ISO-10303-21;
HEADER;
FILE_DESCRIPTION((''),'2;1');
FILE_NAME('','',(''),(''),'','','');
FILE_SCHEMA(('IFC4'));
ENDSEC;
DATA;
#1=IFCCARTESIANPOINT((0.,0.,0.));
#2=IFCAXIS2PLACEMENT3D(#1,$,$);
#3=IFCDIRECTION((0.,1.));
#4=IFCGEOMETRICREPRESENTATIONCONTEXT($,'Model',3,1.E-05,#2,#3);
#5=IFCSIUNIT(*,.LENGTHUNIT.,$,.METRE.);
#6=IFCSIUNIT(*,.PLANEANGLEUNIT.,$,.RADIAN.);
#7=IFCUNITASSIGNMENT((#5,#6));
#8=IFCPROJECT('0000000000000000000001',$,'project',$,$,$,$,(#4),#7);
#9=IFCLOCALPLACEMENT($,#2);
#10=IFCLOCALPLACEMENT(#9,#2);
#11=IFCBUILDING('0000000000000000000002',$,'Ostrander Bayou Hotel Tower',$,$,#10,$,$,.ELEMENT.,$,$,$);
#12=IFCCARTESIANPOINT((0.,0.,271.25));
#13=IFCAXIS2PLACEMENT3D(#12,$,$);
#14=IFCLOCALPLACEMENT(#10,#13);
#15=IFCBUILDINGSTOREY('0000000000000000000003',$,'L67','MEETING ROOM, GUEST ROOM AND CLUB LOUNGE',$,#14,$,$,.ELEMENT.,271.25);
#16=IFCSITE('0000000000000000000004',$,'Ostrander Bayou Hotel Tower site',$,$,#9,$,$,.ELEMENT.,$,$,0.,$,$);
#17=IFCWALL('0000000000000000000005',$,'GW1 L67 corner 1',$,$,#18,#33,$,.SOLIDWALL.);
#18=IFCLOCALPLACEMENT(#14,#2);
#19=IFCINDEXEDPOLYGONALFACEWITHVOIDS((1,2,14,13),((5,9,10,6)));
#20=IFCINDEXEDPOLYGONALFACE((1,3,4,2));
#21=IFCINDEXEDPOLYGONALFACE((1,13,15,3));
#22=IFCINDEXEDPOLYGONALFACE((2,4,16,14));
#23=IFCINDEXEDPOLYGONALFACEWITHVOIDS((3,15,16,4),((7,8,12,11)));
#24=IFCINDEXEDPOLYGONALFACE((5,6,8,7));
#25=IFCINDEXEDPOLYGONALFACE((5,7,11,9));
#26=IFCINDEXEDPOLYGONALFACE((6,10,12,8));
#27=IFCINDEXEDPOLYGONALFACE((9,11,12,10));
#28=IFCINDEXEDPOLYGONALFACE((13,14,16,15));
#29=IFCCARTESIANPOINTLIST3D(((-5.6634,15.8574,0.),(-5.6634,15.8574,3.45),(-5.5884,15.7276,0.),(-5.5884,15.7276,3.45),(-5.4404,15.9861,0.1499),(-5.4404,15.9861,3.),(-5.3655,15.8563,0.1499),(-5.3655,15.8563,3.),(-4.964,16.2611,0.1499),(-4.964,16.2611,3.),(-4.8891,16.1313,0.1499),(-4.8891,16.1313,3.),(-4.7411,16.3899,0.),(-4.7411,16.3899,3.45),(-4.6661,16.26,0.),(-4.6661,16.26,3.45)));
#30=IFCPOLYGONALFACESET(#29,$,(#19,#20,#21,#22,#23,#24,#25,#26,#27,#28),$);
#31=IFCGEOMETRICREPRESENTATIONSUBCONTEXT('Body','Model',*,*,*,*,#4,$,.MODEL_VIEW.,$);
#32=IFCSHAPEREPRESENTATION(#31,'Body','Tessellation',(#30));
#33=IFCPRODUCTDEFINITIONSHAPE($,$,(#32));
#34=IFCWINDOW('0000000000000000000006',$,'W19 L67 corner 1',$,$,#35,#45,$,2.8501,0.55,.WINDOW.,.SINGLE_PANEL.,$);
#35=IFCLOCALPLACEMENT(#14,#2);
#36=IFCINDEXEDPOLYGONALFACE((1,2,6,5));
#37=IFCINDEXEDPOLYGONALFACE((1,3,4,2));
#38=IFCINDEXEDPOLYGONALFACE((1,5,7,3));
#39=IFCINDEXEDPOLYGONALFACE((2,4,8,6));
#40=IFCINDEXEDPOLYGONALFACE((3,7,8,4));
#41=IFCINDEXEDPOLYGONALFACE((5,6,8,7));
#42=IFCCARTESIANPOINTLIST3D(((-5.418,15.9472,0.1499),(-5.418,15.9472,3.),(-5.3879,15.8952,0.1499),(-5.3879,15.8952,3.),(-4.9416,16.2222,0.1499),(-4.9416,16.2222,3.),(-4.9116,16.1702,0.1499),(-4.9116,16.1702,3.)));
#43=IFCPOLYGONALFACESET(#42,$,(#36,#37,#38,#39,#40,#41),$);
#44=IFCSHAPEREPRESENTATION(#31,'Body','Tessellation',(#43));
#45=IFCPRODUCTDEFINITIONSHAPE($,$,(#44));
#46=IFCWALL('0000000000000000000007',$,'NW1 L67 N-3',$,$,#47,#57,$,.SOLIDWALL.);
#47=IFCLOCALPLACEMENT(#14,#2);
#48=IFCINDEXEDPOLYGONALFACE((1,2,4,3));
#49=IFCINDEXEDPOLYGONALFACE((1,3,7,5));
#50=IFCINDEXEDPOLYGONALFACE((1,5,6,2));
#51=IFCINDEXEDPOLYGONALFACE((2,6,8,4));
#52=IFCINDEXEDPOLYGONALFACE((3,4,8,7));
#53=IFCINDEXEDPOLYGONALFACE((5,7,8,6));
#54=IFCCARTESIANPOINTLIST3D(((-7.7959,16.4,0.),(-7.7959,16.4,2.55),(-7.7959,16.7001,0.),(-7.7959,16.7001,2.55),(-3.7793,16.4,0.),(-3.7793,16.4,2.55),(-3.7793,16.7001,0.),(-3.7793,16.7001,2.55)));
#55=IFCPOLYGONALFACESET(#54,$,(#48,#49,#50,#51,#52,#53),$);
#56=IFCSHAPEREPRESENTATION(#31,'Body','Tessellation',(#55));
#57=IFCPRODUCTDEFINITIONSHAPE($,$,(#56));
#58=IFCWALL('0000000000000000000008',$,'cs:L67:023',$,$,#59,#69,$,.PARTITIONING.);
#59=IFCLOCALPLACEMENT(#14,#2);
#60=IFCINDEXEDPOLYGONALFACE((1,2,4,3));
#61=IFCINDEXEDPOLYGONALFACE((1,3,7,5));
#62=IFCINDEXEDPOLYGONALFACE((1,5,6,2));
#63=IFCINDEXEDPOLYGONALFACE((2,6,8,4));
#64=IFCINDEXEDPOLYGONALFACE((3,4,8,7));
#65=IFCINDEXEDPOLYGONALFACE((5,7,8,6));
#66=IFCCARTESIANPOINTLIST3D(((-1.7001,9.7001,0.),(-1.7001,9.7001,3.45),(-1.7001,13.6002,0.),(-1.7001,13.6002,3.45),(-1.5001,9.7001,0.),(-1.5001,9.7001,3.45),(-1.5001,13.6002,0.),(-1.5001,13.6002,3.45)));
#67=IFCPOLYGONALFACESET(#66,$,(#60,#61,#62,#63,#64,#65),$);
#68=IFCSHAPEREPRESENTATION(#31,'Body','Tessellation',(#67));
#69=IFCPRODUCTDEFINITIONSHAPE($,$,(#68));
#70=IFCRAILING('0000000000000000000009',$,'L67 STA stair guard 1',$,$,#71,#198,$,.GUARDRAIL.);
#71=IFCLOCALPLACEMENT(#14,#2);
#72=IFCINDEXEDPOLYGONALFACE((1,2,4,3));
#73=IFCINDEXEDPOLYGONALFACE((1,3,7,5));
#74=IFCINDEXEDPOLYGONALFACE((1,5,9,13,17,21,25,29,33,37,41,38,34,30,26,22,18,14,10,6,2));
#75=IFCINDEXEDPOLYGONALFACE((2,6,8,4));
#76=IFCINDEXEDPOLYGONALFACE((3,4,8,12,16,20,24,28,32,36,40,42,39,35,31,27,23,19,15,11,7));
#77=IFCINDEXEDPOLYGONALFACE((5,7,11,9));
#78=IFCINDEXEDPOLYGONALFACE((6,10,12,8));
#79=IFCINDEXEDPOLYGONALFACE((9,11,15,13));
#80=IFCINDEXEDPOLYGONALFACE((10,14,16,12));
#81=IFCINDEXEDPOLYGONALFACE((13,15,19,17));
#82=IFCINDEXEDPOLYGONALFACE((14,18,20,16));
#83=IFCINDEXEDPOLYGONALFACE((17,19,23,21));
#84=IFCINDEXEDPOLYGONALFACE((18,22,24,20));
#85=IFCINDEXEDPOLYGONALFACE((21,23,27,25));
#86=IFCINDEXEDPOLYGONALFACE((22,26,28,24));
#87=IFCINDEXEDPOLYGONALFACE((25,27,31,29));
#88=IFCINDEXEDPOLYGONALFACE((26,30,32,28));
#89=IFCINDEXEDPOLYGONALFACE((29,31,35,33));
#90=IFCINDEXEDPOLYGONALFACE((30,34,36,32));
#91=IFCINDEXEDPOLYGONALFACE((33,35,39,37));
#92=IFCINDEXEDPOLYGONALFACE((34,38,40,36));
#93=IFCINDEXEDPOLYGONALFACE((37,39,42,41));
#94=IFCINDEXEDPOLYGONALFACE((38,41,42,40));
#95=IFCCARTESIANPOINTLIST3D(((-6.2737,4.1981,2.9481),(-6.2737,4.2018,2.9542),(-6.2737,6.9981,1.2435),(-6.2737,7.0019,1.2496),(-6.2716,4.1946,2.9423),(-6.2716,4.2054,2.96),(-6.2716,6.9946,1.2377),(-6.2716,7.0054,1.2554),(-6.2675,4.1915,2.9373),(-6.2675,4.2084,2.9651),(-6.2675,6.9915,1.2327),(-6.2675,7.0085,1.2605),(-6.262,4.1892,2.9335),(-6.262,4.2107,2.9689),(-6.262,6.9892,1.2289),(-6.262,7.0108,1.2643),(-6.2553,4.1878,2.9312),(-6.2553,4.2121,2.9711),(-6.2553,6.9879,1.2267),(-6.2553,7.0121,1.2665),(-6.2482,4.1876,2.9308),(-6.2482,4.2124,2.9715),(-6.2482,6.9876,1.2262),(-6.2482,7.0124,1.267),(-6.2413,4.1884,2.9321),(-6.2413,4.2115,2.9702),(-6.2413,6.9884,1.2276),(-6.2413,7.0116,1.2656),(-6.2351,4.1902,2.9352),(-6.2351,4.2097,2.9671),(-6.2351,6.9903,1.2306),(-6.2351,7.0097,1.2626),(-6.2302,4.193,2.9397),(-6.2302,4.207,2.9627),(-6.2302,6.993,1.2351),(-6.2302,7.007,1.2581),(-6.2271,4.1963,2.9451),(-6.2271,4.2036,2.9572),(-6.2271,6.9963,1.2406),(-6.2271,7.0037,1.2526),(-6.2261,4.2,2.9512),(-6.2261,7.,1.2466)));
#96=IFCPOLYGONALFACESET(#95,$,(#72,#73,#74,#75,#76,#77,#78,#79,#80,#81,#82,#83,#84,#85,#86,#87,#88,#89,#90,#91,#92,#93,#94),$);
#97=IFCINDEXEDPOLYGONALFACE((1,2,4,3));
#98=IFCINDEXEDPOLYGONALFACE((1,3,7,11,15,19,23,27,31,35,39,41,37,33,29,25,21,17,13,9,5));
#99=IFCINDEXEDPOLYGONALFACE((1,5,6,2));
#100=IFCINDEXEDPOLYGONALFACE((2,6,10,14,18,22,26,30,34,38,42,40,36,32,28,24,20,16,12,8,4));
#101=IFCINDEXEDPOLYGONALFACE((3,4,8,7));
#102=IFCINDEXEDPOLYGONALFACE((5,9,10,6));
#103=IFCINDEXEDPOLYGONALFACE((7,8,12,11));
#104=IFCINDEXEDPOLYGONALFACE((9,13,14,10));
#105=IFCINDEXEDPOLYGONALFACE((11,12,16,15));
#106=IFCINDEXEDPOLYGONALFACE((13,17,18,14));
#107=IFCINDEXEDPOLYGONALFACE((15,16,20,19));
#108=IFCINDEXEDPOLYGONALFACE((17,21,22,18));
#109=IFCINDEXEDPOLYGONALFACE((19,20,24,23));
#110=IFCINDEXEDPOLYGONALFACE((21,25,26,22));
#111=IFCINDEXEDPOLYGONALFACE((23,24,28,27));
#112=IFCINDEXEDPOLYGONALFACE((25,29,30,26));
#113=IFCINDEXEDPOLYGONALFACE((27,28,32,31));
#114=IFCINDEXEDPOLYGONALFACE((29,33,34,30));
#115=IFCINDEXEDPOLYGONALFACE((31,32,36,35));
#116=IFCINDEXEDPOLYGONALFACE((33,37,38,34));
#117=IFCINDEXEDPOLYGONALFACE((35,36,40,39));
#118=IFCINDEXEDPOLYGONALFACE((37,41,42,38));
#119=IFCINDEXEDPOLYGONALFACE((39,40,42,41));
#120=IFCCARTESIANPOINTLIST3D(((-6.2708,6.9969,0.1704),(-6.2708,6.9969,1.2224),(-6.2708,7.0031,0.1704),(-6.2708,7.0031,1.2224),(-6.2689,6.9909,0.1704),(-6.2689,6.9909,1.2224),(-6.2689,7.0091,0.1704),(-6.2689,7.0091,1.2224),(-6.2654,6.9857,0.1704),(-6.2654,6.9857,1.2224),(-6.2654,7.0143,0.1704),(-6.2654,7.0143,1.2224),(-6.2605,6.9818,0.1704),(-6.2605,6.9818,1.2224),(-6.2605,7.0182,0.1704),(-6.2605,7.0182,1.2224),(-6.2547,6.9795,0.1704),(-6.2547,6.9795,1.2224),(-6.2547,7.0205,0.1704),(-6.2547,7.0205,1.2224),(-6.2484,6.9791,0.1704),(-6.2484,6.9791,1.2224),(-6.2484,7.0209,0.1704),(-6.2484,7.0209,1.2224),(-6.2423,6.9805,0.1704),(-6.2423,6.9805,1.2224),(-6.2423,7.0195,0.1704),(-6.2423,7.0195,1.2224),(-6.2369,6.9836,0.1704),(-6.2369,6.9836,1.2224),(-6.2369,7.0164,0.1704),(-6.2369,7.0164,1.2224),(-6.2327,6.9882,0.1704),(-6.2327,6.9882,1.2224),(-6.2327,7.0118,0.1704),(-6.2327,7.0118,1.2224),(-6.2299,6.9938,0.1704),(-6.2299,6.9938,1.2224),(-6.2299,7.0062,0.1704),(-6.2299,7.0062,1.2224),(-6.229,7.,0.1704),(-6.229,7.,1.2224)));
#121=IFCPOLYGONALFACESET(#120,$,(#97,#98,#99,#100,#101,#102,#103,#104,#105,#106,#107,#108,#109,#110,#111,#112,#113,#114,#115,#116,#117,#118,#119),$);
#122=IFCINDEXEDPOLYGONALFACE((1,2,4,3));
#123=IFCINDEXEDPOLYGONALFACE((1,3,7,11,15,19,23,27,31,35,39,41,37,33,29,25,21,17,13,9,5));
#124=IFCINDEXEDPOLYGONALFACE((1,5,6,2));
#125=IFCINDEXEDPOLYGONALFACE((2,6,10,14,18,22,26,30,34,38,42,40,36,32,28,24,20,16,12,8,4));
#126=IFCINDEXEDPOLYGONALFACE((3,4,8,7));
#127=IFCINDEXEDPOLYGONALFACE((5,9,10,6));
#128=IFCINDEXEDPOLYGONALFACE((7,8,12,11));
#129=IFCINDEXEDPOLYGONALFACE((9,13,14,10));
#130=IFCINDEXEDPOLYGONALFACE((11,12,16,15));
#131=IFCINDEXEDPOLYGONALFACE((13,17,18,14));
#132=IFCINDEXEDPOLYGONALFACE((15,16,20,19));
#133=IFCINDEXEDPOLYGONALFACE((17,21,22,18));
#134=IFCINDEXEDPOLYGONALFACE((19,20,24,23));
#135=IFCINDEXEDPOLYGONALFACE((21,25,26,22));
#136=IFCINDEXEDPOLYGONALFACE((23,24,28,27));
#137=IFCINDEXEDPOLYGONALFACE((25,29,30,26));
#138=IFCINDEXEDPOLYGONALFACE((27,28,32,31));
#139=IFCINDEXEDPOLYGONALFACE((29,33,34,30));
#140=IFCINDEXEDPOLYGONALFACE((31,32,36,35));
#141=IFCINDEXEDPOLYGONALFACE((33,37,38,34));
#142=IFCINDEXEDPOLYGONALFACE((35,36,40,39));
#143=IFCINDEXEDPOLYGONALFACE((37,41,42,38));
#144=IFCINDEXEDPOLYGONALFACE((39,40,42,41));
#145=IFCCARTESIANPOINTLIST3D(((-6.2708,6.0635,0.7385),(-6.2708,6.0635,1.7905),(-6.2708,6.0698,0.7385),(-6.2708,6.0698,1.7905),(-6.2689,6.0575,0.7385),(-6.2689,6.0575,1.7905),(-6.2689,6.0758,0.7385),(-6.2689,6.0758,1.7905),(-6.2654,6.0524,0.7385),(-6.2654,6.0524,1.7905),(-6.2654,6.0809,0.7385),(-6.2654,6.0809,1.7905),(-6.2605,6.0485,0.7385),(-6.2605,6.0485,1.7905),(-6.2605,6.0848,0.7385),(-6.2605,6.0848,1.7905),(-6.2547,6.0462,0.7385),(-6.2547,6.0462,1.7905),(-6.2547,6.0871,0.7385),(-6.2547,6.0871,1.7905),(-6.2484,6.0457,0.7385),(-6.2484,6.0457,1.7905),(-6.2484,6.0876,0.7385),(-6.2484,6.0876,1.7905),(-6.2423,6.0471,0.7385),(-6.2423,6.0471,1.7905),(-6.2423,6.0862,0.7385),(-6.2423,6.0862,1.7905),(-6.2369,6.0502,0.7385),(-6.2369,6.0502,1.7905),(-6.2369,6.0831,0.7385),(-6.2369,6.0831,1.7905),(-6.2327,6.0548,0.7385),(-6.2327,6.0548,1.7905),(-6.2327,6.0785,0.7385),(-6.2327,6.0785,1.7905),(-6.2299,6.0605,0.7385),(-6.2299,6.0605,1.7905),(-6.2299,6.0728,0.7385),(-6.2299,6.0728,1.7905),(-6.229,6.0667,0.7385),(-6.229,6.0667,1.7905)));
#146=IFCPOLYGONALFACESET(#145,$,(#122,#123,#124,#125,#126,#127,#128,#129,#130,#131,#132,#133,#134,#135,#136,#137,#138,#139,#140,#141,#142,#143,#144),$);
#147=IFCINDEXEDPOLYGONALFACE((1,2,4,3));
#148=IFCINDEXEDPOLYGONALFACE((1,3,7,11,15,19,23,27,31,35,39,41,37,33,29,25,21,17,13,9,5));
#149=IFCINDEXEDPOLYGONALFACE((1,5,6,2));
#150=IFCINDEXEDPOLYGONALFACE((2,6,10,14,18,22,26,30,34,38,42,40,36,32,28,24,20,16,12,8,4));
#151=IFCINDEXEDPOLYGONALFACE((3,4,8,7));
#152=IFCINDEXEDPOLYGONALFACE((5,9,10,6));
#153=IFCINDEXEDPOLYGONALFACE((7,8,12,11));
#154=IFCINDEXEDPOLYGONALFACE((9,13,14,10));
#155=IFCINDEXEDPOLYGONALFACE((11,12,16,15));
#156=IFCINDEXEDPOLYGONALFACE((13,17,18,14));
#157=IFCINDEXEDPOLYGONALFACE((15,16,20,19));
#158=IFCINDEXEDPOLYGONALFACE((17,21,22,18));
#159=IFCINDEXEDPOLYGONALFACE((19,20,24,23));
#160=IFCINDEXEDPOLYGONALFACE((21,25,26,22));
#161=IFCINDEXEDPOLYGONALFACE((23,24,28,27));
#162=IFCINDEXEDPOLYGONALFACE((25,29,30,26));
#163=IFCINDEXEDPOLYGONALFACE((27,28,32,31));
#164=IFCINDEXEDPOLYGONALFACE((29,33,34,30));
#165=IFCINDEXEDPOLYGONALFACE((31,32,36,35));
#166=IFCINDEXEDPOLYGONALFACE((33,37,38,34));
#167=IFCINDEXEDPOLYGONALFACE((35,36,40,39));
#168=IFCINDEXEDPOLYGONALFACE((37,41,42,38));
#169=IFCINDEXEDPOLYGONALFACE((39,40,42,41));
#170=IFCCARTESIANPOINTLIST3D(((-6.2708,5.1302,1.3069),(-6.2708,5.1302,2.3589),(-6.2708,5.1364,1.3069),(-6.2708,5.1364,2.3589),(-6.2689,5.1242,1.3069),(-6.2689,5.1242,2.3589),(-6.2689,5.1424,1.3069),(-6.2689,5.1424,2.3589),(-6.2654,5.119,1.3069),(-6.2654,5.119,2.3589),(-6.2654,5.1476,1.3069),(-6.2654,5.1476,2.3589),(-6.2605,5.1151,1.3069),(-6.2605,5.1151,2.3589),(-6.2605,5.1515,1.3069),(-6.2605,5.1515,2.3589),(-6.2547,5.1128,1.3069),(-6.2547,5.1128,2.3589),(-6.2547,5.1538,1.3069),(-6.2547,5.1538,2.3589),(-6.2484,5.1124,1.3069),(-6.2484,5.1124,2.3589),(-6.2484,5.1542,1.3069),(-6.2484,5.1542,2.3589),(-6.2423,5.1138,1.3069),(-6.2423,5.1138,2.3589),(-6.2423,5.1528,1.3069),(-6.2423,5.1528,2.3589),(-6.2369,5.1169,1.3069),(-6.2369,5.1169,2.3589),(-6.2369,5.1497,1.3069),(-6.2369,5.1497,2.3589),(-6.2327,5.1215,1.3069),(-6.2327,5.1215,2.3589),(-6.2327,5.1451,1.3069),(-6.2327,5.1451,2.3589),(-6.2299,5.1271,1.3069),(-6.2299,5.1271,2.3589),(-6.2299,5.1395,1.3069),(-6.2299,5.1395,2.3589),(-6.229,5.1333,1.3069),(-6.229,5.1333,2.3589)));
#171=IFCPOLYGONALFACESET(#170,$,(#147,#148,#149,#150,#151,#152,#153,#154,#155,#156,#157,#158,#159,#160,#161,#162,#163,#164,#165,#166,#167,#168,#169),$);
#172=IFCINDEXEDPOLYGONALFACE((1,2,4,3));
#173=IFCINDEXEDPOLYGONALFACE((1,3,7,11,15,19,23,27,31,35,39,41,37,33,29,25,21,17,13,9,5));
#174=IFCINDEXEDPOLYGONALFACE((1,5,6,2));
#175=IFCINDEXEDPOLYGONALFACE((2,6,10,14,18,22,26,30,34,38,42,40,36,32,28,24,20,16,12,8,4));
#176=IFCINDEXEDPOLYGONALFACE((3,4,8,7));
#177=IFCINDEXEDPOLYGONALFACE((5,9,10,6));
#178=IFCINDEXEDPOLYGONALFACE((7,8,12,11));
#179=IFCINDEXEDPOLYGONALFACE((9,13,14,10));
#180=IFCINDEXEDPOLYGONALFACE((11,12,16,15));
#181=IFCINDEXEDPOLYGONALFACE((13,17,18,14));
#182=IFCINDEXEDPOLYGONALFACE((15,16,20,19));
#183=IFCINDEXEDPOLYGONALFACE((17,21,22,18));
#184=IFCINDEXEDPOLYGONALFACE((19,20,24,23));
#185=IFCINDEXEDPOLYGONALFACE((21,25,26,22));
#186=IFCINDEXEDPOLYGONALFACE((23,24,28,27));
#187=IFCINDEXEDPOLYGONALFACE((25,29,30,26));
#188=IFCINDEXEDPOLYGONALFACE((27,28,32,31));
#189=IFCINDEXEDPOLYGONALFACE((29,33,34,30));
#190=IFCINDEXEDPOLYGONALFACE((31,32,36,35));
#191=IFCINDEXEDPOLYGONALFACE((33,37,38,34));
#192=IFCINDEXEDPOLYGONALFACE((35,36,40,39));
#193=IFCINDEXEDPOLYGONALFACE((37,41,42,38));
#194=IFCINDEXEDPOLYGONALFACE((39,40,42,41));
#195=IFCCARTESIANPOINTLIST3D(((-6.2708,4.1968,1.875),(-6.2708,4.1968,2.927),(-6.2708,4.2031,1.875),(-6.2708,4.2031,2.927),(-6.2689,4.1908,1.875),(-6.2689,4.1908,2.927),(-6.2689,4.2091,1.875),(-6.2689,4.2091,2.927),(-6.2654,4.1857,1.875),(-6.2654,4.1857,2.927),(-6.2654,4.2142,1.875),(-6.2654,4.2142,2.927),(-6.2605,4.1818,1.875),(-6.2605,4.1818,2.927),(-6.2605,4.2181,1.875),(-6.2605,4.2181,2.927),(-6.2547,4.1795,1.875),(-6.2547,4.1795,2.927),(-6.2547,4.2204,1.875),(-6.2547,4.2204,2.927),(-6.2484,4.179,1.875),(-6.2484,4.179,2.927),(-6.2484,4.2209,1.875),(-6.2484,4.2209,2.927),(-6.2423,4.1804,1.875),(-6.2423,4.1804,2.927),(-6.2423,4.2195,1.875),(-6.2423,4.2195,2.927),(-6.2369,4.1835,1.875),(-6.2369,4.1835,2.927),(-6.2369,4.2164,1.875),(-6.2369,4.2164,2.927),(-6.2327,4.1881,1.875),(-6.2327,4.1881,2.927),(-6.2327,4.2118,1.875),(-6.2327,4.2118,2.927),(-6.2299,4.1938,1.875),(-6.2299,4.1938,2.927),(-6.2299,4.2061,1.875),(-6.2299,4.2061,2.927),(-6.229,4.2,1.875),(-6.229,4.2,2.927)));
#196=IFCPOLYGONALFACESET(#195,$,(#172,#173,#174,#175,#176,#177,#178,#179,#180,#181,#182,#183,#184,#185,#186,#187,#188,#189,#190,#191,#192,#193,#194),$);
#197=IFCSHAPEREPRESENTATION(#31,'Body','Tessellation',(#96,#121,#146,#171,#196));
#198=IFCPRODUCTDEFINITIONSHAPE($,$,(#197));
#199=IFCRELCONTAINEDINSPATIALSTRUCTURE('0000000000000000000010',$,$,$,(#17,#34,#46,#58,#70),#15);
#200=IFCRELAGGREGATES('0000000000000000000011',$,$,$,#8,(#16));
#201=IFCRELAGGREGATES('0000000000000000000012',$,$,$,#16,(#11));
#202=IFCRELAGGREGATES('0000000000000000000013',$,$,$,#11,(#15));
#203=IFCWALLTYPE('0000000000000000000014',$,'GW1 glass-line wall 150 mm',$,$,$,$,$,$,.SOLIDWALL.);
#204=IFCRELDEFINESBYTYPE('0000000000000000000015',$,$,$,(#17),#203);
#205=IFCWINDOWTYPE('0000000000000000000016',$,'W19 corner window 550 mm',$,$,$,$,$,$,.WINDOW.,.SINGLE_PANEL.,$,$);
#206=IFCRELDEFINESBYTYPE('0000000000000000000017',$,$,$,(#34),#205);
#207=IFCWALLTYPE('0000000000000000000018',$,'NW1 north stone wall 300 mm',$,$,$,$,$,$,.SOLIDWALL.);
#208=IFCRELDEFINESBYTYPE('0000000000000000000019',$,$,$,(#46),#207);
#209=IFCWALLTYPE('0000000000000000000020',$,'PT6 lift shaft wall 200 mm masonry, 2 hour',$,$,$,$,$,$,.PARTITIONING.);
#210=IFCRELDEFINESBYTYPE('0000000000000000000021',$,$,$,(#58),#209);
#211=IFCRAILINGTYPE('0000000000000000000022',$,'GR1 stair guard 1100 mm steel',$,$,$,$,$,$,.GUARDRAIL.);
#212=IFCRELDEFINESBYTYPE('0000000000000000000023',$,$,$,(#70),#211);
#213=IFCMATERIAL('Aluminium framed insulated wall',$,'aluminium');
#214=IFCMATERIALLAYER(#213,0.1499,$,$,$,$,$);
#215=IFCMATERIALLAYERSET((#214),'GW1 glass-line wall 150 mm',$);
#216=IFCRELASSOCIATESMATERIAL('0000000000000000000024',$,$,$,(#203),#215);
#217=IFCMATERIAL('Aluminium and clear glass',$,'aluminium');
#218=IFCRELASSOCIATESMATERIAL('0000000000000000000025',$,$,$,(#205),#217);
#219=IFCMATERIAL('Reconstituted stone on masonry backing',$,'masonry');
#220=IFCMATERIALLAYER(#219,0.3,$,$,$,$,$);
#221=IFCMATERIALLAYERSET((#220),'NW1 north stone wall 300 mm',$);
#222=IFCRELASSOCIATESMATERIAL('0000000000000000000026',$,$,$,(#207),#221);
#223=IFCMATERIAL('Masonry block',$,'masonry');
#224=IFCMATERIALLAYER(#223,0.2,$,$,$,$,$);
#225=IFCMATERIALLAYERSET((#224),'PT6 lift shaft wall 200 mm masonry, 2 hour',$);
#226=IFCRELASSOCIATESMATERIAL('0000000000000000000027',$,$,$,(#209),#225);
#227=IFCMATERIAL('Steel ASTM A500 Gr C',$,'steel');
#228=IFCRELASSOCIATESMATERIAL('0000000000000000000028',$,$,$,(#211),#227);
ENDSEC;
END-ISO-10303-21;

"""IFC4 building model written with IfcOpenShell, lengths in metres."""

from ifc_helpers import new_model, si_unit, direction, frame, frame_2d, origin, origin_2d, place, context, subcontext, project, spatial, rectangle, circle, extrude, material, layer, layer_set, type_object, element, fill, save


model = new_model("IFC4")

# Units and contexts
model_context = context("Model", 3, precision=1e-05, world=origin(), true_north=direction((0.0, 1.0)))
body_context = subcontext(model_context, "Body", "Model", "MODEL_VIEW")
ifc_project = project(units=[si_unit("LENGTHUNIT", "METRE"), si_unit("PLANEANGLEUNIT", "RADIAN")], contexts=[model_context])

# Site, building, storey
site_placement = place(None, origin())
site = spatial("IfcSite", under=ifc_project, at=site_placement, Name="Ostrander Bayou Hotel Tower site", CompositionType="ELEMENT", RefElevation=0.0)
building_placement = place(site_placement, origin())
building = spatial("IfcBuilding", under=site, at=building_placement, Name="Ostrander Bayou Hotel Tower", CompositionType="ELEMENT")
storey_placement = place(building_placement, frame((0.0, 0.0, 271.25)))
storey = spatial("IfcBuildingStorey", under=building, at=storey_placement, Name="L67", Description="MEETING ROOM, GUEST ROOM AND CLUB LOUNGE", CompositionType="ELEMENT", Elevation=271.25)

# Shared definitions
ifc_material_1 = material(Name="Aluminium framed insulated wall", Category="aluminium")
ifc_layer_1 = layer(ifc_material_1, 0.1499)
ifc_layer_set_1 = layer_set([ifc_layer_1], Name="GW1 glass-line wall 150 mm")
wall_type_1 = type_object("IfcWallType", Name="GW1 glass-line wall 150 mm", PredefinedType="SOLIDWALL", material=ifc_layer_set_1)

# Wall, opening, window
wall_1_placement = place(storey_placement, frame((-4.7036, 16.325, 0.0), z_axis=(0.0, 0.0, 1.0), x_axis=(-0.866048, -0.499961, 0.0)))
wall_1 = element("IfcWall", 1, at=wall_1_placement, inside=storey, type_object=wall_type_1, Name="GW1 L67 corner 1", PredefinedType="SOLIDWALL", context=body_context, shape_type="SweptSolid", body=[
    extrude(rectangle(XDim=1.0649, YDim=0.1499, at=frame_2d((0.5325, 0.0))), origin(), (0.0, 0.0, 1.0), 3.45),
])
opening_1_placement = place(wall_1_placement, frame((0.2576, 0.0, 0.1499)))
opening_1 = element("IfcOpeningElement", 2, at=opening_1_placement, cuts=wall_1, PredefinedType="OPENING", context=body_context, shape_type="SweptSolid", body=[
    extrude(rectangle(XDim=0.55, YDim=2.8501, at=frame_2d((0.2749, 1.425))), frame((0.0, 0.075, 0.0), z_axis=(0.0, -1.0, 0.0), x_axis=(1.0, 0.0, 0.0)), (0.0, 0.0, 1.0), 0.1499),
])
ifc_material_2 = material(Name="Aluminium and clear glass", Category="aluminium")
window_type_1 = type_object("IfcWindowType", Name="W19 corner window 550 mm", PartitioningType="SINGLE_PANEL", PredefinedType="WINDOW", material=ifc_material_2)
window_1_placement = place(opening_1_placement, origin())
window_1 = element("IfcWindow", 3, at=window_1_placement, inside=storey, type_object=window_type_1, Name="W19 L67 corner 1", OverallHeight=2.8501, OverallWidth=0.55, PartitioningType="SINGLE_PANEL", PredefinedType="WINDOW", context=body_context, shape_type="SweptSolid", body=[
    extrude(rectangle(XDim=0.55, YDim=2.8501, at=frame_2d((0.2749, 1.425))), frame((0.0, 0.03, 0.0), z_axis=(0.0, -1.0, 0.0), x_axis=(1.0, 0.0, 0.0)), (0.0, 0.0, 1.0), 0.0601),
])
fill(opening_1, window_1)

# Wall
ifc_material_3 = material(Name="Reconstituted stone on masonry backing", Category="masonry")
ifc_layer_2 = layer(ifc_material_3, 0.3)
ifc_layer_set_2 = layer_set([ifc_layer_2], Name="NW1 north stone wall 300 mm")
wall_type_2 = type_object("IfcWallType", Name="NW1 north stone wall 300 mm", PredefinedType="SOLIDWALL", material=ifc_layer_set_2)
wall_2_placement = place(storey_placement, frame((-3.7793, 16.55, 0.0), z_axis=(0.0, 0.0, 1.0), x_axis=(-1.0, 0.0, 0.0)))
element("IfcWall", 4, at=wall_2_placement, inside=storey, type_object=wall_type_2, Name="NW1 L67 N-3", PredefinedType="SOLIDWALL", context=body_context, shape_type="SweptSolid", body=[
    extrude(rectangle(XDim=4.0166, YDim=0.3, at=frame_2d((2.0083, 0.0))), origin(), (0.0, 0.0, 1.0), 2.55),
])

# Wall
ifc_material_4 = material(Name="Masonry block", Category="masonry")
ifc_layer_3 = layer(ifc_material_4, 0.2)
ifc_layer_set_3 = layer_set([ifc_layer_3], Name="PT6 lift shaft wall 200 mm masonry, 2 hour")
wall_type_3 = type_object("IfcWallType", Name="PT6 lift shaft wall 200 mm masonry, 2 hour", PredefinedType="PARTITIONING", material=ifc_layer_set_3)
wall_3_placement = place(storey_placement, frame((-1.6001, 9.7, 0.0), z_axis=(0.0, 0.0, 1.0), x_axis=(0.0, 1.0, 0.0)))
element("IfcWall", 5, at=wall_3_placement, inside=storey, type_object=wall_type_3, Name="cs:L67:023", PredefinedType="PARTITIONING", context=body_context, shape_type="SweptSolid", body=[
    extrude(rectangle(XDim=3.9001, YDim=0.2, at=frame_2d((1.9502, 0.0))), origin(), (0.0, 0.0, 1.0), 3.45),
])

# Railing
ifc_material_5 = material(Name="Steel ASTM A500 Gr C", Category="steel")
railing_type = type_object("IfcRailingType", Name="GR1 stair guard 1100 mm steel", PredefinedType="GUARDRAIL", material=ifc_material_5)
railing_1_placement = place(storey_placement, frame((-6.25, 7.0, 0.1704)))
element("IfcRailing", 6, at=railing_1_placement, inside=storey, type_object=railing_type, Name="L67 STA stair guard 1", PredefinedType="GUARDRAIL", context=body_context, shape_type="SweptSolid", body=[
    extrude(circle(Radius=0.0239, at=origin_2d()), frame((0.0, 0.0, 1.0762), z_axis=(0.0, -0.85417, 0.519994), x_axis=(1.0, 0.0, 0.0)), (0.0, 0.0, 1.0), 3.2781),
    extrude(circle(Radius=0.021, at=origin_2d()), origin(), (0.0, 0.0, 1.0), 1.052),
    extrude(circle(Radius=0.021, at=origin_2d()), frame((0.0, -0.9333, 0.5681)), (0.0, 0.0, 1.0), 1.052),
    extrude(circle(Radius=0.021, at=origin_2d()), frame((0.0, -1.8667, 1.1365)), (0.0, 0.0, 1.0), 1.052),
    extrude(circle(Radius=0.021, at=origin_2d()), frame((0.0, -2.8, 1.7046)), (0.0, 0.0, 1.0), 1.052),
])

save(model, "model.ifc")
